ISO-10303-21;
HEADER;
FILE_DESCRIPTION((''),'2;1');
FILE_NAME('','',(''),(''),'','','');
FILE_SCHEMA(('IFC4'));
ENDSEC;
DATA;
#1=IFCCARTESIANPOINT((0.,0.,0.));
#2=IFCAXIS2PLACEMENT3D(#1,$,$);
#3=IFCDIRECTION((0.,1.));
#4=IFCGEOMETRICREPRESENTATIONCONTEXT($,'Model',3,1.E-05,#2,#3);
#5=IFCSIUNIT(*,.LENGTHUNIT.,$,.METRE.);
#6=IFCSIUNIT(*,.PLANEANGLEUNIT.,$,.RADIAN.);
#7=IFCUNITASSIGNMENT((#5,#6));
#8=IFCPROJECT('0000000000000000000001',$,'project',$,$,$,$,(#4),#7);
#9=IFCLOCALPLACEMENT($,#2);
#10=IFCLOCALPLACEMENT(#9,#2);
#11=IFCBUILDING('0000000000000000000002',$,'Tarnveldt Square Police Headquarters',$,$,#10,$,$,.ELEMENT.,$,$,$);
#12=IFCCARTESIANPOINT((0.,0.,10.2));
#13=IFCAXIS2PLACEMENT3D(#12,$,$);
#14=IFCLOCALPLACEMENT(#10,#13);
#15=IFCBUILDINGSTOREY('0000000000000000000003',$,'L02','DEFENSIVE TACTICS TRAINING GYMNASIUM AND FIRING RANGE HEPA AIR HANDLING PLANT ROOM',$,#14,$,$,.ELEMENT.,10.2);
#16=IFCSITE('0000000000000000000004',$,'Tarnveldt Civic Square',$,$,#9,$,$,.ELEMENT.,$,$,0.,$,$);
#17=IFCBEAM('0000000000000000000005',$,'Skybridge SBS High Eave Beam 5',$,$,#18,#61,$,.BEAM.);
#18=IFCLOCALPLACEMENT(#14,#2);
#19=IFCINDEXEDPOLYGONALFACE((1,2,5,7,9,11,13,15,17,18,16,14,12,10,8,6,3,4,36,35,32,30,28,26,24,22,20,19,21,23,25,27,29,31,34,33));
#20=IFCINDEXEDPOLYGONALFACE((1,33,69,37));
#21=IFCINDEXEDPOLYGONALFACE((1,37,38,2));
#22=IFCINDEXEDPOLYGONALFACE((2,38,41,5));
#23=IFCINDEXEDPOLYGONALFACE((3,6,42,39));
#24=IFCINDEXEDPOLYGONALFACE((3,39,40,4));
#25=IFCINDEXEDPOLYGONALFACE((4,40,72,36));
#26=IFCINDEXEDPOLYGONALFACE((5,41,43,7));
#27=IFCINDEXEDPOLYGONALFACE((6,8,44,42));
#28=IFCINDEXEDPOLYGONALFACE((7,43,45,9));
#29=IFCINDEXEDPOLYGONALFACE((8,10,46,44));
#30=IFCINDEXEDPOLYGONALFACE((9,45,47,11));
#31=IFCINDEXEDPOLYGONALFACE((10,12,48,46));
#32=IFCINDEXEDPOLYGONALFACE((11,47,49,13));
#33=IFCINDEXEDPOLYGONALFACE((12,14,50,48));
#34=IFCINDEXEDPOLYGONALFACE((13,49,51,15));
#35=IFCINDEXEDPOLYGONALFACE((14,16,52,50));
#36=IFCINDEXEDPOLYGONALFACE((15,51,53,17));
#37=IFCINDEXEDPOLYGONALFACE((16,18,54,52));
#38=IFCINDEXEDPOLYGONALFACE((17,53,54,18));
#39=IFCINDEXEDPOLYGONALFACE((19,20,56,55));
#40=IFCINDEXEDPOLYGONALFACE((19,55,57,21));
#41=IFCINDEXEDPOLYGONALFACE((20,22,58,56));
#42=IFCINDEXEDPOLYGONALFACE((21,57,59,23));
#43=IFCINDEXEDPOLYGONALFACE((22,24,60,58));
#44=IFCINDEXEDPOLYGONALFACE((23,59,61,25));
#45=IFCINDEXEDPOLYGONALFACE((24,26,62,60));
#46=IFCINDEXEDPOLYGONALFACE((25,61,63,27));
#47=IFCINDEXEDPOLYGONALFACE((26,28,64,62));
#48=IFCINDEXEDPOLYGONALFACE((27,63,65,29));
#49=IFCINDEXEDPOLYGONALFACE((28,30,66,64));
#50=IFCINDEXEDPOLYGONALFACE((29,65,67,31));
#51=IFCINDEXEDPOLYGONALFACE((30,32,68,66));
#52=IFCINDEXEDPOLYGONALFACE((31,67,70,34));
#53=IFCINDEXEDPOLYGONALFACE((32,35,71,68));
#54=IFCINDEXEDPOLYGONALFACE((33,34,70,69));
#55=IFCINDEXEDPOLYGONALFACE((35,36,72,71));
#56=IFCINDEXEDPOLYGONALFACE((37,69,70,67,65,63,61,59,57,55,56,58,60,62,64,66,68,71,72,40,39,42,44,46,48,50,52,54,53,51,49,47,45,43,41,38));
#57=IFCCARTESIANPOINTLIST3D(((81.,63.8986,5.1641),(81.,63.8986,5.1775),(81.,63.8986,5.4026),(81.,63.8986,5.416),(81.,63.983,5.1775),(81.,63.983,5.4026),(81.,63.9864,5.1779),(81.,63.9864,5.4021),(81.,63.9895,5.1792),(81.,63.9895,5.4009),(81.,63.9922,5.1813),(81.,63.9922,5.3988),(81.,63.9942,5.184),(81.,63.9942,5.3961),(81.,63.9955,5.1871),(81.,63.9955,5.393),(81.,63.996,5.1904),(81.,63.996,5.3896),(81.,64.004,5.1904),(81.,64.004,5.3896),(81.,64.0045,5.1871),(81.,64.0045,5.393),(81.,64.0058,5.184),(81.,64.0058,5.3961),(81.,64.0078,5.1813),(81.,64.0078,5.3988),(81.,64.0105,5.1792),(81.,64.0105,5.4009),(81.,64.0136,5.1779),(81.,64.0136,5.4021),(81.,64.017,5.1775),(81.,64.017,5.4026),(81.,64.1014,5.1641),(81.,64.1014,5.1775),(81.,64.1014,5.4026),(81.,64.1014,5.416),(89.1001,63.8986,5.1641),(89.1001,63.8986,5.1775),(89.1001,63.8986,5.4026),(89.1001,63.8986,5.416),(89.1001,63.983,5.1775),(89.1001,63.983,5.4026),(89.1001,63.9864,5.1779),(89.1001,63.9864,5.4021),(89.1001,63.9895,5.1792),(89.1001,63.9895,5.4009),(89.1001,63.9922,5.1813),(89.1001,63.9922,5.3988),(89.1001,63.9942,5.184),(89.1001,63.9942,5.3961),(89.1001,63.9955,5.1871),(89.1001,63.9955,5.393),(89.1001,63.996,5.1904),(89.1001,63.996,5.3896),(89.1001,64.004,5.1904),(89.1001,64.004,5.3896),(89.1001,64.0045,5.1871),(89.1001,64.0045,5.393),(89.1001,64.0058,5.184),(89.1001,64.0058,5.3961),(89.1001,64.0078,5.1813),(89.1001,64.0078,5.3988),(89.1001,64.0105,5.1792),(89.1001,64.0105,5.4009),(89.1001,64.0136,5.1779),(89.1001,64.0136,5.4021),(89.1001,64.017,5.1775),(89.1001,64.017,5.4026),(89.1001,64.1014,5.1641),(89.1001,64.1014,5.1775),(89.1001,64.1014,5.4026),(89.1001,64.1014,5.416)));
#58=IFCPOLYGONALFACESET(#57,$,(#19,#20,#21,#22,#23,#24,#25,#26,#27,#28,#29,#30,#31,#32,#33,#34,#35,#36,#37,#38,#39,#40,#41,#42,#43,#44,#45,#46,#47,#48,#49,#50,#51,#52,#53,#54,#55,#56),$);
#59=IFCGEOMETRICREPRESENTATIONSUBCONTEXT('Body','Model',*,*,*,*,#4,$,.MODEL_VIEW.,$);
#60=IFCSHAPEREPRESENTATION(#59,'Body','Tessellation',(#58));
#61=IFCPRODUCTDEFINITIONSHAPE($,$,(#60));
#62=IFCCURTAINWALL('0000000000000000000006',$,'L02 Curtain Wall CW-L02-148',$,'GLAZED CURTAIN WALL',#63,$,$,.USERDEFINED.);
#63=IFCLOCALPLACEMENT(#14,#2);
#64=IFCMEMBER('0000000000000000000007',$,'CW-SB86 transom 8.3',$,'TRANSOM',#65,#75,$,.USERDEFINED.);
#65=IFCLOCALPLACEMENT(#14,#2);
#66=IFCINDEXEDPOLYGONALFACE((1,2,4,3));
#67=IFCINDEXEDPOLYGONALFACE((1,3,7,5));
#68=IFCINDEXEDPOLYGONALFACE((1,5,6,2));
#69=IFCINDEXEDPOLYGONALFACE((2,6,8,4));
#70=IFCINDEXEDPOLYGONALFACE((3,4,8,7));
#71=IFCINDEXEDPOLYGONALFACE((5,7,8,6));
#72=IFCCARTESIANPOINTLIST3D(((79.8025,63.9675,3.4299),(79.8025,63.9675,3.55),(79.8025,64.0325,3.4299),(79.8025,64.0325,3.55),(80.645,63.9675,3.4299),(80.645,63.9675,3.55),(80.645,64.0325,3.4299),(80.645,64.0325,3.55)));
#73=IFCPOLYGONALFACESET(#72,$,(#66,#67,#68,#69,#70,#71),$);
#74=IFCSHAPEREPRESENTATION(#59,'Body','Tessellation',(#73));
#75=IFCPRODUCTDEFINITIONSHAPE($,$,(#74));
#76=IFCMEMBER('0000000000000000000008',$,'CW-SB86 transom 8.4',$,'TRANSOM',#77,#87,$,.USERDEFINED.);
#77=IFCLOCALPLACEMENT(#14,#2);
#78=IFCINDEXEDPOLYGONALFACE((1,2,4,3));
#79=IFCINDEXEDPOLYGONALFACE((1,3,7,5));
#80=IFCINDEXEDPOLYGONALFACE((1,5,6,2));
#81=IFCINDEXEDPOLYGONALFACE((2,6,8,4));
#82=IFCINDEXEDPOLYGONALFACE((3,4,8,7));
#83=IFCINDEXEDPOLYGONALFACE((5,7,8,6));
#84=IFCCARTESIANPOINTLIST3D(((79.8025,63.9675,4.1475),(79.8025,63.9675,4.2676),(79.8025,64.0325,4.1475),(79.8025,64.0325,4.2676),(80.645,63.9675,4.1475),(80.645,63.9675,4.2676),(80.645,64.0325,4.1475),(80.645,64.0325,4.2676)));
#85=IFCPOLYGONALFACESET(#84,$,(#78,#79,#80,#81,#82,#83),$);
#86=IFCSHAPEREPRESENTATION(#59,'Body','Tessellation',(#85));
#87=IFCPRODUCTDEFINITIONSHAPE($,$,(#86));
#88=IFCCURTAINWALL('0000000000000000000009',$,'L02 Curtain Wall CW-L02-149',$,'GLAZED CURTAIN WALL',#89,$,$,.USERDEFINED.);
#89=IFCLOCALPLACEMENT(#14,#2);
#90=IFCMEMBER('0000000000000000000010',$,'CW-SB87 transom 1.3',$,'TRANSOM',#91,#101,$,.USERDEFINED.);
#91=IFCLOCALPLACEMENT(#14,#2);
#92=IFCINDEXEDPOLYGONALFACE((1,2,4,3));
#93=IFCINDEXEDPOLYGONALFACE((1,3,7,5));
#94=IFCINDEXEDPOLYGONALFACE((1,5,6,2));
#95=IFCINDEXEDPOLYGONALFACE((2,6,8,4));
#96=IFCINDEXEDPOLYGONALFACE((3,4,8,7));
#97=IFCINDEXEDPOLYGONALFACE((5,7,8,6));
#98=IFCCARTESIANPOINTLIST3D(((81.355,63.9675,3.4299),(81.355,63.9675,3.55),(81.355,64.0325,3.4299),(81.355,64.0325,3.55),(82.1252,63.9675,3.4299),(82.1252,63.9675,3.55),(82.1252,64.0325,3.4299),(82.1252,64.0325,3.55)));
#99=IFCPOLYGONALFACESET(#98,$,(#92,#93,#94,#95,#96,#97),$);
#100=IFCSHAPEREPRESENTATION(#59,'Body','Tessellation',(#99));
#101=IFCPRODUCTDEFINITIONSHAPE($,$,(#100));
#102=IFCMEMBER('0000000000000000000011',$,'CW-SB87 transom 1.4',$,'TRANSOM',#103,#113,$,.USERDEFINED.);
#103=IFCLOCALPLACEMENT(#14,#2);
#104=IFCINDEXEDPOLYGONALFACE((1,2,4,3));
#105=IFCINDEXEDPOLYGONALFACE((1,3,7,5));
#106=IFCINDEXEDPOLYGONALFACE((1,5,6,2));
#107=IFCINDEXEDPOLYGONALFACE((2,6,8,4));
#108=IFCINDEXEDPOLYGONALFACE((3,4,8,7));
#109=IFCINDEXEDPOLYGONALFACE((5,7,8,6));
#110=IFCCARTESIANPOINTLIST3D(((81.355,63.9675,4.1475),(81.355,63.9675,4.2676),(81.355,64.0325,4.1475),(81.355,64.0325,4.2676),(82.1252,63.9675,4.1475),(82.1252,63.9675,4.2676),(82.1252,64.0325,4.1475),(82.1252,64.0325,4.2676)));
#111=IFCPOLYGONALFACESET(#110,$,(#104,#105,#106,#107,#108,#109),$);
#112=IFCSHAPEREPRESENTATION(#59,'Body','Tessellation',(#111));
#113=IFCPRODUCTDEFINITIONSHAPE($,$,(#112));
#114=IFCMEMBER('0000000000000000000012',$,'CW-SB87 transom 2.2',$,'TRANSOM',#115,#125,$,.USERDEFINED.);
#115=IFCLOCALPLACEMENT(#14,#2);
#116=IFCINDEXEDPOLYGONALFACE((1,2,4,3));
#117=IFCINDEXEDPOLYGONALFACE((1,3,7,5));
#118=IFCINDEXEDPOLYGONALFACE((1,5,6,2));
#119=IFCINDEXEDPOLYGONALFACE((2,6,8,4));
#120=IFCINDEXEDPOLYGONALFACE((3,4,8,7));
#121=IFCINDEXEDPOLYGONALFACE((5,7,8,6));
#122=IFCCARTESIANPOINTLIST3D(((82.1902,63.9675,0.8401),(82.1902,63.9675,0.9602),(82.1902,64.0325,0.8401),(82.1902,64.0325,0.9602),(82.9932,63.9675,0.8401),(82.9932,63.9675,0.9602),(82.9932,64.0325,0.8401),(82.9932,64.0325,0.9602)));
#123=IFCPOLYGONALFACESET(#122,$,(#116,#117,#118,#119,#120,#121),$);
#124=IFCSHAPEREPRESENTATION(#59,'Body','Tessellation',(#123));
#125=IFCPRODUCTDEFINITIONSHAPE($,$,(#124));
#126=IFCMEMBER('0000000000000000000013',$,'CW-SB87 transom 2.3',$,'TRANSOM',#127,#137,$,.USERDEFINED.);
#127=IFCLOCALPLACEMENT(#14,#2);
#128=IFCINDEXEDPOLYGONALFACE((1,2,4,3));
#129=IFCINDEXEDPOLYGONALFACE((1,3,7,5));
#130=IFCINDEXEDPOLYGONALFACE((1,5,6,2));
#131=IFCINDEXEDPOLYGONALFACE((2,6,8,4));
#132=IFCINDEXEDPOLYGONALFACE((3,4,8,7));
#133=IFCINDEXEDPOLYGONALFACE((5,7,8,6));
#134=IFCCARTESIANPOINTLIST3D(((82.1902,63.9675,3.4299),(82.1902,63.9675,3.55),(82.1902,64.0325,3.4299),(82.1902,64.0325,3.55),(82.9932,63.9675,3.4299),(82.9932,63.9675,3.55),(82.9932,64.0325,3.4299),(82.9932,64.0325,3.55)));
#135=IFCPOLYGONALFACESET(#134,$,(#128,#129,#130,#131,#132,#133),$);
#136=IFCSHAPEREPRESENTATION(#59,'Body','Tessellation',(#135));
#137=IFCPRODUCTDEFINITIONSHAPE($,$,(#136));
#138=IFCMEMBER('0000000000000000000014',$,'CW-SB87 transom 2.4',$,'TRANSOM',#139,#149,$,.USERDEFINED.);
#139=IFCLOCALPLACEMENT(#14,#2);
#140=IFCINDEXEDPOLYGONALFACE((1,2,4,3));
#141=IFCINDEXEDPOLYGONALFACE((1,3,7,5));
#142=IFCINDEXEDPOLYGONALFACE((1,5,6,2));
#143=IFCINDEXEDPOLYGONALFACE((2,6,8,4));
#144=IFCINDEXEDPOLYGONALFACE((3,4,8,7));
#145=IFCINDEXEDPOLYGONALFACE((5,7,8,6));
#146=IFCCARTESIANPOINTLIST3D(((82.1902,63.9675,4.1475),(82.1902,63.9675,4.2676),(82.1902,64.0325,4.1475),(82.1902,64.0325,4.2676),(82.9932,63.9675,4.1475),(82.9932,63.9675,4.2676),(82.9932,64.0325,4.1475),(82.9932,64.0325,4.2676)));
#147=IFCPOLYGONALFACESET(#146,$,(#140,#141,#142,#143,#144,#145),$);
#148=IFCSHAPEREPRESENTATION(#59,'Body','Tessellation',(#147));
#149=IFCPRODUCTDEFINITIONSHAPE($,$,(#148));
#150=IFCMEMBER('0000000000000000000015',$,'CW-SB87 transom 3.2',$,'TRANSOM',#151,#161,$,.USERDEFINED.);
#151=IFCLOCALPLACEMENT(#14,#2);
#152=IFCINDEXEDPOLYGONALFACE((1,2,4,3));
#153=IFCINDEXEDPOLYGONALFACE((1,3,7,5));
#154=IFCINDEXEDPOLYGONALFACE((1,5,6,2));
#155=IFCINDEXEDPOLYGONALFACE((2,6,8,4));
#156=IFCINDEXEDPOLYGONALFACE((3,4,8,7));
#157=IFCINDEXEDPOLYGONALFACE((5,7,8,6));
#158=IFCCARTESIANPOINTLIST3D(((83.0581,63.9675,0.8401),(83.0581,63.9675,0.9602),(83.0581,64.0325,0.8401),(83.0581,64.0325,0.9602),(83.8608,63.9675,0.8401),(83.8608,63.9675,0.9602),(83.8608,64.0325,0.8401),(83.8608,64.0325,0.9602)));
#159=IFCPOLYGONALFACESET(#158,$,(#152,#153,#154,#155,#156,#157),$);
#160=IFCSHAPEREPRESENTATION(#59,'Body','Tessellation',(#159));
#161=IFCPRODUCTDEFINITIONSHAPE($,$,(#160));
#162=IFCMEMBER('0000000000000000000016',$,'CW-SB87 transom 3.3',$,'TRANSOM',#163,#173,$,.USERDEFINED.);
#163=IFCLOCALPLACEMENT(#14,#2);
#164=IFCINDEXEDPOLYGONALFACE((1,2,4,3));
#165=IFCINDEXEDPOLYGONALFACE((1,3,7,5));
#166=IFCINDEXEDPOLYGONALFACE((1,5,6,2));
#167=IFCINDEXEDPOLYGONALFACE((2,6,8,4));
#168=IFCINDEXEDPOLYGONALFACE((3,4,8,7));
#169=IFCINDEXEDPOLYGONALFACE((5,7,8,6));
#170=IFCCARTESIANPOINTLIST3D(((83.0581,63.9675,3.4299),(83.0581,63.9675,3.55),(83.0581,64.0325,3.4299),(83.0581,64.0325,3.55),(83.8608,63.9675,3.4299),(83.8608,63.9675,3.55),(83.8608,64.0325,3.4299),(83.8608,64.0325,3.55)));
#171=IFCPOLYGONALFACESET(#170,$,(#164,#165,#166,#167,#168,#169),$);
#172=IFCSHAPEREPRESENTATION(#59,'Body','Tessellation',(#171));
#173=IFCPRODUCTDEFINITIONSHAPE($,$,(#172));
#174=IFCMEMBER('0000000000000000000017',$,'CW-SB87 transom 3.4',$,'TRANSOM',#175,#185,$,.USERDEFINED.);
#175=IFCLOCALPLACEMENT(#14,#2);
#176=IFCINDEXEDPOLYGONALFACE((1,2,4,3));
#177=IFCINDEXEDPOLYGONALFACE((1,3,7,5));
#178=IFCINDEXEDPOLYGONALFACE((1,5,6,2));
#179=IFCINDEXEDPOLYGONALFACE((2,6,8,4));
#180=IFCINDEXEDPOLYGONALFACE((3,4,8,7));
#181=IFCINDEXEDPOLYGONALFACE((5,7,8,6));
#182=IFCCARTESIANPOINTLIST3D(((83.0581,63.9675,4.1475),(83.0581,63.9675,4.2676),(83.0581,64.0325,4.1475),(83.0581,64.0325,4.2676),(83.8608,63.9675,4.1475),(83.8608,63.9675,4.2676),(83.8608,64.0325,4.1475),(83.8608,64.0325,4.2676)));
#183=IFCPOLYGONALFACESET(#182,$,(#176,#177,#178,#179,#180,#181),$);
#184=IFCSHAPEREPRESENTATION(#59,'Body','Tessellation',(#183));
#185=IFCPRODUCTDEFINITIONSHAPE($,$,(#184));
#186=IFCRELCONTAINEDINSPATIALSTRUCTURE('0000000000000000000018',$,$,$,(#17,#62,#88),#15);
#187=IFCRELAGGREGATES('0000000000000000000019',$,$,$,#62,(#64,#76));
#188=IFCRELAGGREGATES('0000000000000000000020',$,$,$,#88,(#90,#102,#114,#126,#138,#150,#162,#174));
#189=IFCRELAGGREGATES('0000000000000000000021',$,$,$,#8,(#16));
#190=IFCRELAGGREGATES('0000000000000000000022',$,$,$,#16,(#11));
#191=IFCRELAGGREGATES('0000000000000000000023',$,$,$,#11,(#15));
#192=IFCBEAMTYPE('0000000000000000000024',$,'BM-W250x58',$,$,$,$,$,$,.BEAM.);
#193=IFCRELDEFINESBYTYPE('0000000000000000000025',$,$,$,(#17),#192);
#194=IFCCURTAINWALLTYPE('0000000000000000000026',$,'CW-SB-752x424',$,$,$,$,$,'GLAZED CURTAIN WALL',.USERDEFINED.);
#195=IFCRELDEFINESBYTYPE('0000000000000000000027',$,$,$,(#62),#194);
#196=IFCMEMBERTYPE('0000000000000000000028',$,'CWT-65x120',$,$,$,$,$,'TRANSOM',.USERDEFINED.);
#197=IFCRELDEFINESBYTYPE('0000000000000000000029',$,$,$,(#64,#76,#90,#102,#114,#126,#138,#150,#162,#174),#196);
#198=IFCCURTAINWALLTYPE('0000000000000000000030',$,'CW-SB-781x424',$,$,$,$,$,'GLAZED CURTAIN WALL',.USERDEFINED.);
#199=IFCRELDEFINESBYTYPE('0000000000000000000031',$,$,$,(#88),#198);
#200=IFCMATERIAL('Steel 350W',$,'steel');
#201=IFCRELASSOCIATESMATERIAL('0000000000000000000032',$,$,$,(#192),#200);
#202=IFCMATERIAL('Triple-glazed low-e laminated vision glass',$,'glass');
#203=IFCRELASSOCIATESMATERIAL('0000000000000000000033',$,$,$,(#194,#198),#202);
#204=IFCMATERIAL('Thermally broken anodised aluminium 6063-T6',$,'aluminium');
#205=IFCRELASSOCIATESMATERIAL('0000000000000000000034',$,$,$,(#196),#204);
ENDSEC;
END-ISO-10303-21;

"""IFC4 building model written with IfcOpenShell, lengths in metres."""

from ifc_helpers import new_model, si_unit, direction, frame, origin, origin_2d, place, context, subcontext, project, spatial, rectangle, i_section, extrude, material, material_profile, profile_set, type_object, element, aggregate, save


model = new_model("IFC4")

# Units and contexts
model_context = context("Model", 3, precision=1e-05, world=origin(), true_north=direction((0.0, 1.0)))
body_context = subcontext(model_context, "Body", "Model", "MODEL_VIEW")
ifc_project = project(units=[si_unit("LENGTHUNIT", "METRE"), si_unit("PLANEANGLEUNIT", "RADIAN")], contexts=[model_context])

# Site, building, storey
site_placement = place(None, origin())
site = spatial("IfcSite", under=ifc_project, at=site_placement, Name="Tarnveldt Civic Square", CompositionType="ELEMENT", RefElevation=0.0)
building_placement = place(site_placement, origin())
building = spatial("IfcBuilding", under=site, at=building_placement, Name="Tarnveldt Square Police Headquarters", CompositionType="ELEMENT")
storey_placement = place(building_placement, frame((0.0, 0.0, 10.2)))
storey = spatial("IfcBuildingStorey", under=building, at=storey_placement, Name="L02", Description="DEFENSIVE TACTICS TRAINING GYMNASIUM AND FIRING RANGE HEPA AIR HANDLING PLANT ROOM", CompositionType="ELEMENT", Elevation=10.2)

# Beam
ifc_material_1 = material(Name="Steel 350W", Category="steel")
ifc_material_profile_1 = material_profile(ifc_material_1, i_section(OverallWidth=0.2029, OverallDepth=0.252, WebThickness=0.0081, FlangeThickness=0.0134, FilletRadius=0.0129, at=origin_2d()), Name="W250x58")
ifc_profile_set_1 = profile_set([ifc_material_profile_1], Name="Steel 350W")
beam_type = type_object("IfcBeamType", Name="BM-W250x58", PredefinedType="BEAM", material=ifc_profile_set_1)
beam_placement = place(storey_placement, frame((81.0, 64.0, 5.29), z_axis=(1.0, 0.0, 0.0), x_axis=(0.0, 1.0, 0.0)))
element("IfcBeam", 1, at=beam_placement, inside=storey, type_object=beam_type, Name="Skybridge SBS High Eave Beam 5", PredefinedType="BEAM", context=body_context, shape_type="SweptSolid", body=[
    extrude(i_section(OverallWidth=0.2029, OverallDepth=0.252, WebThickness=0.0081, FlangeThickness=0.0134, FilletRadius=0.0129, at=origin_2d()), origin(), (0.0, 0.0, 1.0), 8.1001),
])

# Curtain walls, members
ifc_material_2 = material(Name="Triple-glazed low-e laminated vision glass", Category="glass")
curtain_wall_type_1 = type_object("IfcCurtainWallType", Name="CW-SB-752x424", ElementType="GLAZED CURTAIN WALL", PredefinedType="USERDEFINED", material=ifc_material_2)
curtain_wall_1_placement = place(storey_placement, origin())
curtain_wall_1 = element("IfcCurtainWall", 2, at=curtain_wall_1_placement, inside=storey, type_object=curtain_wall_type_1, Name="L02 Curtain Wall CW-L02-148", ObjectType="GLAZED CURTAIN WALL", PredefinedType="USERDEFINED")
ifc_material_3 = material(Name="Thermally broken anodised aluminium 6063-T6", Category="aluminium")
ifc_material_profile_2 = material_profile(ifc_material_3, rectangle(XDim=0.0649, YDim=0.1201, at=origin_2d()), Name="CW-T65x120")
ifc_profile_set_2 = profile_set([ifc_material_profile_2], Name="Thermally broken anodised aluminium 6063-T6")
member_type_1 = type_object("IfcMemberType", Name="CWT-65x120", ElementType="TRANSOM", PredefinedType="USERDEFINED", material=ifc_profile_set_2)
member_1_placement = place(storey_placement, frame((79.8025, 64.0, 3.49), z_axis=(1.0, 0.0, 0.0), x_axis=(0.0, 1.0, 0.0)))
member_1 = element("IfcMember", 3, at=member_1_placement, type_object=member_type_1, Name="CW-SB86 transom 8.3", ObjectType="TRANSOM", PredefinedType="USERDEFINED", context=body_context, shape_type="SweptSolid", body=[
    extrude(rectangle(XDim=0.0649, YDim=0.1201, at=origin_2d()), origin(), (0.0, 0.0, 1.0), 0.8425),
])
member_2_placement = place(storey_placement, frame((79.8025, 64.0, 4.2075), z_axis=(1.0, 0.0, 0.0), x_axis=(0.0, 1.0, 0.0)))
member_2 = element("IfcMember", 4, at=member_2_placement, type_object=member_type_1, Name="CW-SB86 transom 8.4", ObjectType="TRANSOM", PredefinedType="USERDEFINED", context=body_context, shape_type="SweptSolid", body=[
    extrude(rectangle(XDim=0.0649, YDim=0.1201, at=origin_2d()), origin(), (0.0, 0.0, 1.0), 0.8425),
])
curtain_wall_type_2 = type_object("IfcCurtainWallType", Name="CW-SB-781x424", ElementType="GLAZED CURTAIN WALL", PredefinedType="USERDEFINED", material=ifc_material_2)
curtain_wall_2_placement = place(storey_placement, origin())
curtain_wall_2 = element("IfcCurtainWall", 5, at=curtain_wall_2_placement, inside=storey, type_object=curtain_wall_type_2, Name="L02 Curtain Wall CW-L02-149", ObjectType="GLAZED CURTAIN WALL", PredefinedType="USERDEFINED")
member_3_placement = place(storey_placement, frame((81.355, 64.0, 3.49), z_axis=(1.0, 0.0, 0.0), x_axis=(0.0, 1.0, 0.0)))
member_3 = element("IfcMember", 6, at=member_3_placement, type_object=member_type_1, Name="CW-SB87 transom 1.3", ObjectType="TRANSOM", PredefinedType="USERDEFINED", context=body_context, shape_type="SweptSolid", body=[
    extrude(rectangle(XDim=0.0649, YDim=0.1201, at=origin_2d()), origin(), (0.0, 0.0, 1.0), 0.7703),
])
member_4_placement = place(storey_placement, frame((81.355, 64.0, 4.2075), z_axis=(1.0, 0.0, 0.0), x_axis=(0.0, 1.0, 0.0)))
member_4 = element("IfcMember", 7, at=member_4_placement, type_object=member_type_1, Name="CW-SB87 transom 1.4", ObjectType="TRANSOM", PredefinedType="USERDEFINED", context=body_context, shape_type="SweptSolid", body=[
    extrude(rectangle(XDim=0.0649, YDim=0.1201, at=origin_2d()), origin(), (0.0, 0.0, 1.0), 0.7703),
])
member_5_placement = place(storey_placement, frame((82.1902, 64.0, 0.9001), z_axis=(1.0, 0.0, 0.0), x_axis=(0.0, 1.0, 0.0)))
member_5 = element("IfcMember", 8, at=member_5_placement, type_object=member_type_1, Name="CW-SB87 transom 2.2", ObjectType="TRANSOM", PredefinedType="USERDEFINED", context=body_context, shape_type="SweptSolid", body=[
    extrude(rectangle(XDim=0.0649, YDim=0.1201, at=origin_2d()), origin(), (0.0, 0.0, 1.0), 0.803),
])
member_6_placement = place(storey_placement, frame((82.1902, 64.0, 3.49), z_axis=(1.0, 0.0, 0.0), x_axis=(0.0, 1.0, 0.0)))
member_6 = element("IfcMember", 9, at=member_6_placement, type_object=member_type_1, Name="CW-SB87 transom 2.3", ObjectType="TRANSOM", PredefinedType="USERDEFINED", context=body_context, shape_type="SweptSolid", body=[
    extrude(rectangle(XDim=0.0649, YDim=0.1201, at=origin_2d()), origin(), (0.0, 0.0, 1.0), 0.803),
])
member_7_placement = place(storey_placement, frame((82.1902, 64.0, 4.2075), z_axis=(1.0, 0.0, 0.0), x_axis=(0.0, 1.0, 0.0)))
member_7 = element("IfcMember", 10, at=member_7_placement, type_object=member_type_1, Name="CW-SB87 transom 2.4", ObjectType="TRANSOM", PredefinedType="USERDEFINED", context=body_context, shape_type="SweptSolid", body=[
    extrude(rectangle(XDim=0.0649, YDim=0.1201, at=origin_2d()), origin(), (0.0, 0.0, 1.0), 0.803),
])
member_8_placement = place(storey_placement, frame((83.0581, 64.0, 0.9001), z_axis=(1.0, 0.0, 0.0), x_axis=(0.0, 1.0, 0.0)))
member_8 = element("IfcMember", 11, at=member_8_placement, type_object=member_type_1, Name="CW-SB87 transom 3.2", ObjectType="TRANSOM", PredefinedType="USERDEFINED", context=body_context, shape_type="SweptSolid", body=[
    extrude(rectangle(XDim=0.0649, YDim=0.1201, at=origin_2d()), origin(), (0.0, 0.0, 1.0), 0.8027),
])
member_9_placement = place(storey_placement, frame((83.0581, 64.0, 3.49), z_axis=(1.0, 0.0, 0.0), x_axis=(0.0, 1.0, 0.0)))
member_9 = element("IfcMember", 12, at=member_9_placement, type_object=member_type_1, Name="CW-SB87 transom 3.3", ObjectType="TRANSOM", PredefinedType="USERDEFINED", context=body_context, shape_type="SweptSolid", body=[
    extrude(rectangle(XDim=0.0649, YDim=0.1201, at=origin_2d()), origin(), (0.0, 0.0, 1.0), 0.8027),
])
member_10_placement = place(storey_placement, frame((83.0581, 64.0, 4.2075), z_axis=(1.0, 0.0, 0.0), x_axis=(0.0, 1.0, 0.0)))
member_10 = element("IfcMember", 13, at=member_10_placement, type_object=member_type_1, Name="CW-SB87 transom 3.4", ObjectType="TRANSOM", PredefinedType="USERDEFINED", context=body_context, shape_type="SweptSolid", body=[
    extrude(rectangle(XDim=0.0649, YDim=0.1201, at=origin_2d()), origin(), (0.0, 0.0, 1.0), 0.8027),
])

aggregate(curtain_wall_1, [member_1, member_2])
aggregate(curtain_wall_2, [member_3, member_4, member_5, member_6, member_7, member_8, member_9, member_10])

save(model, "model.ifc")
